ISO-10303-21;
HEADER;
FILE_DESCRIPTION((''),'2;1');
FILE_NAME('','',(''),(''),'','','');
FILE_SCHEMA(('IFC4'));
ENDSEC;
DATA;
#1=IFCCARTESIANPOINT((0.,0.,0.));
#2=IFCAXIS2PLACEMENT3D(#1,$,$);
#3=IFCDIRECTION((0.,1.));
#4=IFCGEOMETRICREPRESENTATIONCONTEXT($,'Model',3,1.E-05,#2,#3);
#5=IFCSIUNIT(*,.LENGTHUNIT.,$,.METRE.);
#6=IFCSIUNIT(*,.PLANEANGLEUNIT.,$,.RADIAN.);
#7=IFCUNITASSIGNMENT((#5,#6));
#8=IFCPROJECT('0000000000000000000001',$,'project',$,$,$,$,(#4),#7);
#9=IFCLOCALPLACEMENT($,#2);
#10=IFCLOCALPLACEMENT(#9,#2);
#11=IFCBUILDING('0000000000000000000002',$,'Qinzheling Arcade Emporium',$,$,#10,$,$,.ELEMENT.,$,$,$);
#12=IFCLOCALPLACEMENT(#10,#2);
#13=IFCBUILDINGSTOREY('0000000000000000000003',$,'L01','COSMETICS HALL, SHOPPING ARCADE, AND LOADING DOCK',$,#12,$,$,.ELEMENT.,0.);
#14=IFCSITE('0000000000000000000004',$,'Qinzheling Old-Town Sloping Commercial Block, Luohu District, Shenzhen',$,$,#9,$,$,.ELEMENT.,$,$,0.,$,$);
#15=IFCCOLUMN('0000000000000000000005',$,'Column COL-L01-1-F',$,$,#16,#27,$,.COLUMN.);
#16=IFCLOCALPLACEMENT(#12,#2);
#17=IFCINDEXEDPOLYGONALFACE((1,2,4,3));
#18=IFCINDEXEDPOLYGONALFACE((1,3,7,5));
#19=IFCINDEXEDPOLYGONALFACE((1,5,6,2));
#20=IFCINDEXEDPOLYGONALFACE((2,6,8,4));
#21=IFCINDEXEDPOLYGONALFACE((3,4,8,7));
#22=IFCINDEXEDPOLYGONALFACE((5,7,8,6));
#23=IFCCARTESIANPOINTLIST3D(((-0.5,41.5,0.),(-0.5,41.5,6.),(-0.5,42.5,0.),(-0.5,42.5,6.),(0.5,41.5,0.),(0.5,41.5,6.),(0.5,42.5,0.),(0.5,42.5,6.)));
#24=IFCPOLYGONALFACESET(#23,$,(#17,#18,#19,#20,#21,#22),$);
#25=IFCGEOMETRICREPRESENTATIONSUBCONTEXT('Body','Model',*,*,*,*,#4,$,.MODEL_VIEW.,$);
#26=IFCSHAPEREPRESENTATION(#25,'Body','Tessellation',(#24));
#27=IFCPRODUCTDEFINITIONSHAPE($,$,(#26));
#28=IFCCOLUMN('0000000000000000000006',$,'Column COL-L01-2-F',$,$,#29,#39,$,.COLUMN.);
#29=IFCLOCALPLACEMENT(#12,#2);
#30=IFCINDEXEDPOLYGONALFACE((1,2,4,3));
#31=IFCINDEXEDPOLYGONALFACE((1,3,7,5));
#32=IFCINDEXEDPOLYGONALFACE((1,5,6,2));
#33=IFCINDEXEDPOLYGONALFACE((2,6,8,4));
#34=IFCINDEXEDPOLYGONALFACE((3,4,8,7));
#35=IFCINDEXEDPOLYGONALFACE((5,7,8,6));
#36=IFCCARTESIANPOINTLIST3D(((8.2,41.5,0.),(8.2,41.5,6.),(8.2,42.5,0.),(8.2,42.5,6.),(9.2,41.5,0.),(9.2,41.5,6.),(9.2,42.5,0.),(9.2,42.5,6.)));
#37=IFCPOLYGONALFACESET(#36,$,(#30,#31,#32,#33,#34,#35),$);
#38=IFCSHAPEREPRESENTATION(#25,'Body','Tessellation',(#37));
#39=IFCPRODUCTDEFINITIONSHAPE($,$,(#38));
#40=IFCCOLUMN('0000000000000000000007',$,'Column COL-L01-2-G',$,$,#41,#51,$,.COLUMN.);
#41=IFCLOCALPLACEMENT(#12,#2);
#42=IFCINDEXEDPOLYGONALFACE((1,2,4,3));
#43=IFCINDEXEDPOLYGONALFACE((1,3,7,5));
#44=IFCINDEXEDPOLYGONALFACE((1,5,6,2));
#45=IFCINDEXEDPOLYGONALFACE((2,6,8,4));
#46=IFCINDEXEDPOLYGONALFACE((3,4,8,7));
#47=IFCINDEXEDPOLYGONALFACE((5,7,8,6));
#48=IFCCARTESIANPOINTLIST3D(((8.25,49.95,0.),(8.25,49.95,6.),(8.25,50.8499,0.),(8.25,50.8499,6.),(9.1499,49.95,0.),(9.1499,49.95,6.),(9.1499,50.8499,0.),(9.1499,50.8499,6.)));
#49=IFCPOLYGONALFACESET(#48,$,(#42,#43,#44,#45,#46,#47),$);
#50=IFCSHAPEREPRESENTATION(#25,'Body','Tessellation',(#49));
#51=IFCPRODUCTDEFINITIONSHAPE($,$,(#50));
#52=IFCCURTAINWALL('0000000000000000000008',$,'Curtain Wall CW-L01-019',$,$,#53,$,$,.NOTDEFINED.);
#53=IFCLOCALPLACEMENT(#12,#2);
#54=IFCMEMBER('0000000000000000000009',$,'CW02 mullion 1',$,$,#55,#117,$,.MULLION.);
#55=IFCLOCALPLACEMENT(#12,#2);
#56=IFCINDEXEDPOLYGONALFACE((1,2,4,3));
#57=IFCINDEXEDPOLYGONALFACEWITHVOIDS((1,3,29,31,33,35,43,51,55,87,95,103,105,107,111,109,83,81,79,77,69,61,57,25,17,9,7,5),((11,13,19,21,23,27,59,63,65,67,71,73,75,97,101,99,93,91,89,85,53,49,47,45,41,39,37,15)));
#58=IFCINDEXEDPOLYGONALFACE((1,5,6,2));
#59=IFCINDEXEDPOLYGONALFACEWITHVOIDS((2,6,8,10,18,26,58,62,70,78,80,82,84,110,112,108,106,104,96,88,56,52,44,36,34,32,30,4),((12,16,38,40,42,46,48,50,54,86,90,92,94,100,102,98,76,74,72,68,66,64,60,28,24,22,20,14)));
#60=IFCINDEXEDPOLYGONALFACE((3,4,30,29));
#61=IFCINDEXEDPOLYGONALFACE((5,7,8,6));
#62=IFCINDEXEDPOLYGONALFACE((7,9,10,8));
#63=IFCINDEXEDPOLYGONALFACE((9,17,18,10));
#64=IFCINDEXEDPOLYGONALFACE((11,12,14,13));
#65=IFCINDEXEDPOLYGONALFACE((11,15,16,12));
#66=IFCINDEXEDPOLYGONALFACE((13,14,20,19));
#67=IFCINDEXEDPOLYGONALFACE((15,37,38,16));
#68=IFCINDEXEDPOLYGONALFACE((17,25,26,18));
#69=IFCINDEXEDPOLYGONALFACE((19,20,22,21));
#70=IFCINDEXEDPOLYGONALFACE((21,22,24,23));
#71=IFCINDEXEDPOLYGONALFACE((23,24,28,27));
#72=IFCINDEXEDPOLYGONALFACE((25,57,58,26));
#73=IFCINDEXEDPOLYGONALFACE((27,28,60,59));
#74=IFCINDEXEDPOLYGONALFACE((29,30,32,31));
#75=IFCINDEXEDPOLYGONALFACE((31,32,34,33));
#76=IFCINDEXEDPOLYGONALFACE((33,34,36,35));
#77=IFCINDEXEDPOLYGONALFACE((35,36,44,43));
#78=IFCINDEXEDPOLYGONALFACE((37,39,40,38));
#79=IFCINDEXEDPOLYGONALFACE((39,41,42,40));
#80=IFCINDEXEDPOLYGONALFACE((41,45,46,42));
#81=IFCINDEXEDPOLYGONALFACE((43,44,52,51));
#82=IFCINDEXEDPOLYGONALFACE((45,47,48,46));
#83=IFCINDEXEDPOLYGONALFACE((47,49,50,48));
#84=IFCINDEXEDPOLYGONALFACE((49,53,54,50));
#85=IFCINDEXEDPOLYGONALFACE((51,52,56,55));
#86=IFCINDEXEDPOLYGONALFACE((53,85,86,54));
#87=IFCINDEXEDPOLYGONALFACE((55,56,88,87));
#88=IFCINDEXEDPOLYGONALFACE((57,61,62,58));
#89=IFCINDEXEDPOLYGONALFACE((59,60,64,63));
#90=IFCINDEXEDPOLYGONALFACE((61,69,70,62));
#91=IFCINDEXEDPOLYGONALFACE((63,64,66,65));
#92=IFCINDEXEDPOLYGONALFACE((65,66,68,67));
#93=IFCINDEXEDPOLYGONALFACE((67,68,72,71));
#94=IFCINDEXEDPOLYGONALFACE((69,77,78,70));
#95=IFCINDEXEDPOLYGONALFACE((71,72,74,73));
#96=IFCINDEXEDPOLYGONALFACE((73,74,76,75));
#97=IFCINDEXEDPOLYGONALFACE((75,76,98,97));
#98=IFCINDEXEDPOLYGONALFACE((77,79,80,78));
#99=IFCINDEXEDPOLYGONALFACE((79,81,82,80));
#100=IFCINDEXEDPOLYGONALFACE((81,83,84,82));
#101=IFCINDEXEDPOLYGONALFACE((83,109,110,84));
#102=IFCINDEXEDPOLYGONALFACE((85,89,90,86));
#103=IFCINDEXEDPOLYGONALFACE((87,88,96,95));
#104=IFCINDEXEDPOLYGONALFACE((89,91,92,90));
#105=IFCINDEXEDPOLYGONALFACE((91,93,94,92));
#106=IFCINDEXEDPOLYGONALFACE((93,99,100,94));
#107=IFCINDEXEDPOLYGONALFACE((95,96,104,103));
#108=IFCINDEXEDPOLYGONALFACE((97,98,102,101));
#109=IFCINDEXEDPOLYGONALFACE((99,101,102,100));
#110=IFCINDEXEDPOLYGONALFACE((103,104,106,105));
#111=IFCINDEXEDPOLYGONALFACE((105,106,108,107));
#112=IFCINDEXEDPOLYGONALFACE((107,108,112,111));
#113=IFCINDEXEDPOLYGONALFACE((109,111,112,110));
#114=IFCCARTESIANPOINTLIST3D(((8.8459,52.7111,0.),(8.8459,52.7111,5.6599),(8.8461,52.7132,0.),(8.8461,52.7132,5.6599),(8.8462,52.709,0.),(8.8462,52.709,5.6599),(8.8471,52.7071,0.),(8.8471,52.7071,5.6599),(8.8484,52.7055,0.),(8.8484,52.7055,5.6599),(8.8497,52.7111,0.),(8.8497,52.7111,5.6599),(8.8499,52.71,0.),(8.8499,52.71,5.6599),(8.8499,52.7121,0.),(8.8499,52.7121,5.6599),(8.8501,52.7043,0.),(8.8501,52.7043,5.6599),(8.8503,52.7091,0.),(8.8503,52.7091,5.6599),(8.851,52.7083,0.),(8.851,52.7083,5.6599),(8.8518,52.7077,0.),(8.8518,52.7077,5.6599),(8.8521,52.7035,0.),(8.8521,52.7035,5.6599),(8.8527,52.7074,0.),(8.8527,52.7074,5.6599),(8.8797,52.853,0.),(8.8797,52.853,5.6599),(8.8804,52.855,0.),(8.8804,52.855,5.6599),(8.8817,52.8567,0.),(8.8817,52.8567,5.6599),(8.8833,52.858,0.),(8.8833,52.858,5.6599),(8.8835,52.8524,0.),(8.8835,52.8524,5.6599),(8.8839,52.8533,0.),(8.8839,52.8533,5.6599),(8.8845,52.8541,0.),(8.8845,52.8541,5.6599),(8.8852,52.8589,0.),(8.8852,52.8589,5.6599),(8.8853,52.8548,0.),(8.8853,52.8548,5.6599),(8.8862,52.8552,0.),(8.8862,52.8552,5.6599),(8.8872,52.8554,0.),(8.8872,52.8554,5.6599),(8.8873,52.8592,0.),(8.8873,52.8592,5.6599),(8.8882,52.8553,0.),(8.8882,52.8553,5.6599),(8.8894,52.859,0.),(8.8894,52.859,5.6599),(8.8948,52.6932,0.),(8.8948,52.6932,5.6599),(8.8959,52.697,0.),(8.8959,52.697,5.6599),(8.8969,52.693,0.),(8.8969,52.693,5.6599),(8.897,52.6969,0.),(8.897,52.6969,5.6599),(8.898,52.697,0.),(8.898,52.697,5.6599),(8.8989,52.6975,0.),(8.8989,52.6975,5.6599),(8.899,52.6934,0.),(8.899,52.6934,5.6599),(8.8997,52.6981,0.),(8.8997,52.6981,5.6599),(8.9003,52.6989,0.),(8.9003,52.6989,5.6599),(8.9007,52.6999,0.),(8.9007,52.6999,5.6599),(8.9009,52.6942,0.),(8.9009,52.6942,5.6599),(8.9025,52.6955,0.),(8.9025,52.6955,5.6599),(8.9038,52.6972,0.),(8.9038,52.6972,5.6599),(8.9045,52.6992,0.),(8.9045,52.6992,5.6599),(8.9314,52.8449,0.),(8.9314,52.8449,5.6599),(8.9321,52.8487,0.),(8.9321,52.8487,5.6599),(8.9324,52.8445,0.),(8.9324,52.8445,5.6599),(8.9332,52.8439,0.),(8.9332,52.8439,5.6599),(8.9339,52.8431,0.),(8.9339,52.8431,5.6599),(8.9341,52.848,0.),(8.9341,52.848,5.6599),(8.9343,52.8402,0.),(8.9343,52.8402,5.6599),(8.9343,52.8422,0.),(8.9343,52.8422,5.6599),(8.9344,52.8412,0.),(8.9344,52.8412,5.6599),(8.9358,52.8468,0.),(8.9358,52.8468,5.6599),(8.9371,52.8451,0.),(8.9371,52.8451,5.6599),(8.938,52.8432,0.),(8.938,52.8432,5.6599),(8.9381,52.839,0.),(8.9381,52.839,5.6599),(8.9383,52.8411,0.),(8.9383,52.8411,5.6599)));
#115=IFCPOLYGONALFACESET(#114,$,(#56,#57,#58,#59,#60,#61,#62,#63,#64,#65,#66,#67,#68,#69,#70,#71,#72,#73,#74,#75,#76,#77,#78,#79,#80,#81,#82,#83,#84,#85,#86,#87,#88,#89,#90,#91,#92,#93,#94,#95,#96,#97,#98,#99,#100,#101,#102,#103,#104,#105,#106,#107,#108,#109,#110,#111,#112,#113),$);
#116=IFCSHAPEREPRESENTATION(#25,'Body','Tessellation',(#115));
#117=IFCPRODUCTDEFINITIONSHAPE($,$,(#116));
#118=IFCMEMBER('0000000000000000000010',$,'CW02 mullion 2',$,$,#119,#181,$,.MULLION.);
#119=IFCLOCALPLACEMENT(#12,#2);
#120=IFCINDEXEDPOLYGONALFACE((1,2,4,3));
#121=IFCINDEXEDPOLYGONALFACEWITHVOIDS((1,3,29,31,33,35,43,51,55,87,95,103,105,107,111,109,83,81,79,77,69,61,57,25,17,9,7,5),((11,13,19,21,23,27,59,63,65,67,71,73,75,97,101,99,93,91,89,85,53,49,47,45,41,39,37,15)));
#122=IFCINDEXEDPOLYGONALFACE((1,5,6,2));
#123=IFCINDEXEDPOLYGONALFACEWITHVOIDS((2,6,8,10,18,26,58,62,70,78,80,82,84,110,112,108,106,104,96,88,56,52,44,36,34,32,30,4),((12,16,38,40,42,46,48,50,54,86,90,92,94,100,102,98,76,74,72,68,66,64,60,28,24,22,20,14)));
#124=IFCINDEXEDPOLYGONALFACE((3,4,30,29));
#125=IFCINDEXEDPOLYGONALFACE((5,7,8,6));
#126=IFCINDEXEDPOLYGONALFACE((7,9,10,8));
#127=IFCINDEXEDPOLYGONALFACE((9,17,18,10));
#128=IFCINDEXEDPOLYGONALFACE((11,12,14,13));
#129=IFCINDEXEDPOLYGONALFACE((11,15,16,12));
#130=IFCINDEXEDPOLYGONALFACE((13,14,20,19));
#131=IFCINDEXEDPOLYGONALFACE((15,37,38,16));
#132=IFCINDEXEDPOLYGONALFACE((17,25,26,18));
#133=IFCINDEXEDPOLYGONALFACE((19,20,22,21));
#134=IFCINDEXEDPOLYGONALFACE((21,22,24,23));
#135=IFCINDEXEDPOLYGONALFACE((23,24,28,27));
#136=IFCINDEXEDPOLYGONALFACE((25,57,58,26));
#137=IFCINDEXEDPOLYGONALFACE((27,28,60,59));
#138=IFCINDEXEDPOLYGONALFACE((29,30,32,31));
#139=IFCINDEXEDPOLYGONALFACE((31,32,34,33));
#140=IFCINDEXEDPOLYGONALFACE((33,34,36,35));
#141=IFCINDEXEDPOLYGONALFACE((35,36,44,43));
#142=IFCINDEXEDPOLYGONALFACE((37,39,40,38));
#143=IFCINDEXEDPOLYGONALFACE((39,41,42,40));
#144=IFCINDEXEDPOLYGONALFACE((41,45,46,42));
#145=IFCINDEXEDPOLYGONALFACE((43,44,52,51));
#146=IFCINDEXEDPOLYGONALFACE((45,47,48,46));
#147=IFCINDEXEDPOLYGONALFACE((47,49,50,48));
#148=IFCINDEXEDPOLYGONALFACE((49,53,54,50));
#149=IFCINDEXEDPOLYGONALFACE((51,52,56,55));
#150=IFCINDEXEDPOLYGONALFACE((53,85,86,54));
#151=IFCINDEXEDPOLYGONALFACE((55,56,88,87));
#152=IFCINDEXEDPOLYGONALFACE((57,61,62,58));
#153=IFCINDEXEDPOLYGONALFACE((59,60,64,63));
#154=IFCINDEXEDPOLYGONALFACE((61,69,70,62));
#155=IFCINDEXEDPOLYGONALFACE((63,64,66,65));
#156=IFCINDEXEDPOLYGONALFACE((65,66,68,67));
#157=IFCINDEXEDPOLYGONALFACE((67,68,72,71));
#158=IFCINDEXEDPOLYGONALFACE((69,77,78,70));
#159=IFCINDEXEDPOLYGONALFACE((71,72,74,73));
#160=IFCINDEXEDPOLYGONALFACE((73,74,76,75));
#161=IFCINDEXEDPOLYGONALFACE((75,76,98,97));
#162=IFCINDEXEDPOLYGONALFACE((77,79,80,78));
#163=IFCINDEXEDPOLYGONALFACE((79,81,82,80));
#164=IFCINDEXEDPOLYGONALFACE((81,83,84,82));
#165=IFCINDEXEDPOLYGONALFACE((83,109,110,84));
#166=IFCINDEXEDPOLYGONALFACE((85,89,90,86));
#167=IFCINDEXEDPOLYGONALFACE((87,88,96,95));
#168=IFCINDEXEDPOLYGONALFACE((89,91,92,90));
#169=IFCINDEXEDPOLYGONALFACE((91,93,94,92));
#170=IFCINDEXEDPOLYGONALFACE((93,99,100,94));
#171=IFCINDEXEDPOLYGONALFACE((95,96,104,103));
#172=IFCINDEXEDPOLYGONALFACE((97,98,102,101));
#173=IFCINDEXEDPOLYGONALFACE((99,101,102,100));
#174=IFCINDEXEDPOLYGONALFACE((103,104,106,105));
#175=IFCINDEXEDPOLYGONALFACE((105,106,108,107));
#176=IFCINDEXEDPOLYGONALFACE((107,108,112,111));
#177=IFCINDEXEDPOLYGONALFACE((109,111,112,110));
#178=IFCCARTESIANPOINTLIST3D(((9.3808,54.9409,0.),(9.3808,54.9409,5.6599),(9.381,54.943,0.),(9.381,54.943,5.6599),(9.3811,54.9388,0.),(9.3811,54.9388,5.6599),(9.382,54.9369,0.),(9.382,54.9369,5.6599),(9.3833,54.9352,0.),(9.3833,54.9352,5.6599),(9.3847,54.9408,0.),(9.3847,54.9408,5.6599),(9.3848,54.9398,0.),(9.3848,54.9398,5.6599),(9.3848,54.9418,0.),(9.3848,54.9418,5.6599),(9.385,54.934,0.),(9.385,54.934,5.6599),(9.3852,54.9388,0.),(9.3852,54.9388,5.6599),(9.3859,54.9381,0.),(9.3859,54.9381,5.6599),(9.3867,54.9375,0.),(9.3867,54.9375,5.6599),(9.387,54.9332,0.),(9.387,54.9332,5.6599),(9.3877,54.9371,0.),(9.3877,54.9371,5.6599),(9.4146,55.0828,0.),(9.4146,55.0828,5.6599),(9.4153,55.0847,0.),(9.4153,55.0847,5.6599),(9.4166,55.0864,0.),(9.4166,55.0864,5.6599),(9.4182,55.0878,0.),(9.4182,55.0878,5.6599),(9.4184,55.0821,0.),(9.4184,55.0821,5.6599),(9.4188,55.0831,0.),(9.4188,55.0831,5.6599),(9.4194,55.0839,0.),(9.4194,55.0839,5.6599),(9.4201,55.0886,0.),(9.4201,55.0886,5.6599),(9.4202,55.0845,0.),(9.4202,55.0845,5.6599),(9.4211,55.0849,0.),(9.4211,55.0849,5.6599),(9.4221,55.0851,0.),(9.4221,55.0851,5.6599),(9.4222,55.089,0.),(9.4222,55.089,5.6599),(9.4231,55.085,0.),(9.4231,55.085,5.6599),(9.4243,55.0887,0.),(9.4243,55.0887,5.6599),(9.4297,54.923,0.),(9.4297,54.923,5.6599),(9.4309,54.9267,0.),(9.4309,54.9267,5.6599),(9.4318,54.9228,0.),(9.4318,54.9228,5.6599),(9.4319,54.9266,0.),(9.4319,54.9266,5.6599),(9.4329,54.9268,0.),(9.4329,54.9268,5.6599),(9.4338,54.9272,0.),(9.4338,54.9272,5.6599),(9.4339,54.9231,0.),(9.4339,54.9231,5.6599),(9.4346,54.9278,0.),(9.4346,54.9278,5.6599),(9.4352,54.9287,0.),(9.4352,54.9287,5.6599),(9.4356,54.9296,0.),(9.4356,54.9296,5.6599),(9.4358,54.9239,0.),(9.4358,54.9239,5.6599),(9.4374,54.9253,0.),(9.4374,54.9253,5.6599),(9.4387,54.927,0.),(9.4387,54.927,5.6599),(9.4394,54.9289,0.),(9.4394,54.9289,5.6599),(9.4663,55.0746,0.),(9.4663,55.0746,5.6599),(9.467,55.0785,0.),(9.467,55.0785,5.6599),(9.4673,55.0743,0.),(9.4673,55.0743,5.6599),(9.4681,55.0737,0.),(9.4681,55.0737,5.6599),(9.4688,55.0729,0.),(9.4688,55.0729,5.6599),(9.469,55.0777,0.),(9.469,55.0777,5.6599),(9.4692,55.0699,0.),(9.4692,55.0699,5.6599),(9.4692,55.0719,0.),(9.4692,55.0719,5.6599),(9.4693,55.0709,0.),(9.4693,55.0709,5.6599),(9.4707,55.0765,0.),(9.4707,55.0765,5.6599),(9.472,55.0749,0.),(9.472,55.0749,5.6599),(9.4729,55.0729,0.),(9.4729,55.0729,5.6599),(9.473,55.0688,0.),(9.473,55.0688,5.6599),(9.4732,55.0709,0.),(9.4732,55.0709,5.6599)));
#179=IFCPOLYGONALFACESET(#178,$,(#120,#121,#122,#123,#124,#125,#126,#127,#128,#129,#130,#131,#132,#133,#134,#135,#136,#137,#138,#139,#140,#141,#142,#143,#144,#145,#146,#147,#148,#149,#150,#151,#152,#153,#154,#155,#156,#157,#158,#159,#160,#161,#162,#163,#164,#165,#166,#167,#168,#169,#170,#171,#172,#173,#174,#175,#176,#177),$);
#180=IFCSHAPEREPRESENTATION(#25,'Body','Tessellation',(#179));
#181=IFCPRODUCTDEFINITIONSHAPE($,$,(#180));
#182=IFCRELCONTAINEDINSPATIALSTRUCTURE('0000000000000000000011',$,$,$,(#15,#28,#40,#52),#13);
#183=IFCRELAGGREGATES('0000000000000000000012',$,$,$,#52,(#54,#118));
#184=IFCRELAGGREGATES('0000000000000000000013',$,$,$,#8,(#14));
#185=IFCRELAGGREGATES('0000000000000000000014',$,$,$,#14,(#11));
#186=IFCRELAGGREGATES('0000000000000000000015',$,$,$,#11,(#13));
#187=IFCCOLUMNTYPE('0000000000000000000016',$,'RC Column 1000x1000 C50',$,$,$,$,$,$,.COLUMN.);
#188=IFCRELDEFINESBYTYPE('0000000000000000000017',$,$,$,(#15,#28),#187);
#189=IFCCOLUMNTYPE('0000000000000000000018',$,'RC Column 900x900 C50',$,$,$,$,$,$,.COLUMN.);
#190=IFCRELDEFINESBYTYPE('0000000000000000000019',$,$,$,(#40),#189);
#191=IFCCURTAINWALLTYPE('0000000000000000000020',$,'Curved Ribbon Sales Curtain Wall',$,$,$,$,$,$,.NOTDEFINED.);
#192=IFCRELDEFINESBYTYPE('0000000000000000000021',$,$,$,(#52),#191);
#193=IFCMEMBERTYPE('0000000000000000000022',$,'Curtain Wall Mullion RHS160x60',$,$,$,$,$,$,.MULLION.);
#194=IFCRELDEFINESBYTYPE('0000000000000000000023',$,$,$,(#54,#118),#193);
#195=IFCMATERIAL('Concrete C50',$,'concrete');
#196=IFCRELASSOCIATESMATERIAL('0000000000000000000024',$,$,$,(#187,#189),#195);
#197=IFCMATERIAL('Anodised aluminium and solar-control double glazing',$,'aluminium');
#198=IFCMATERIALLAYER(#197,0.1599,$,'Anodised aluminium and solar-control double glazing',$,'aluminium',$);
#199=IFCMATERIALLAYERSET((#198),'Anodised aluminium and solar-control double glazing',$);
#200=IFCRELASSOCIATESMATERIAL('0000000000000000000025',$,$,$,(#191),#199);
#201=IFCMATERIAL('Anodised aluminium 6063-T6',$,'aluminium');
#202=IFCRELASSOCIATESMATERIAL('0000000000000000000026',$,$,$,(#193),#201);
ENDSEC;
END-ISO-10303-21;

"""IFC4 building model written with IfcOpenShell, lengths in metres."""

from ifc_helpers import new_model, si_unit, direction, frame, origin, origin_2d, place, context, subcontext, project, spatial, rectangle, hollow_rectangle, extrude, material, layer, layer_set, material_profile, profile_set, type_object, element, aggregate, save


model = new_model("IFC4")

# Units and contexts
model_context = context("Model", 3, precision=1e-05, world=origin(), true_north=direction((0.0, 1.0)))
body_context = subcontext(model_context, "Body", "Model", "MODEL_VIEW")
ifc_project = project(units=[si_unit("LENGTHUNIT", "METRE"), si_unit("PLANEANGLEUNIT", "RADIAN")], contexts=[model_context])

# Site, building, storey
site_placement = place(None, origin())
site = spatial("IfcSite", under=ifc_project, at=site_placement, Name="Qinzheling Old-Town Sloping Commercial Block, Luohu District, Shenzhen", CompositionType="ELEMENT", RefElevation=0.0)
building_placement = place(site_placement, origin())
building = spatial("IfcBuilding", under=site, at=building_placement, Name="Qinzheling Arcade Emporium", CompositionType="ELEMENT")
storey_placement = place(building_placement, origin())
storey = spatial("IfcBuildingStorey", under=building, at=storey_placement, Name="L01", Description="COSMETICS HALL, SHOPPING ARCADE, AND LOADING DOCK", CompositionType="ELEMENT", Elevation=0.0)

# Columns
ifc_material_1 = material(Name="Concrete C50", Category="concrete")
ifc_material_profile_1 = material_profile(ifc_material_1, rectangle(XDim=1.0, YDim=1.0, at=origin_2d()), Name="RC 1000x1000", Category="concrete")
ifc_profile_set_1 = profile_set([ifc_material_profile_1], Name="Concrete C50")
column_type_1 = type_object("IfcColumnType", Name="RC Column 1000x1000 C50", PredefinedType="COLUMN", material=ifc_profile_set_1)
for number, where, z_axis, x_axis, name in (
    (1, (0.0, 42.0, 0.0), (0.0, 0.0, 1.0), (1.0, 0.0, 0.0), "Column COL-L01-1-F"),
    (2, (8.7, 42.0, 0.0), (0.0, 0.0, 1.0), (1.0, 0.0, 0.0), "Column COL-L01-2-F"),
):
    element("IfcColumn", number, at=place(storey_placement, frame(where, z_axis=z_axis, x_axis=x_axis)), inside=storey, type_object=column_type_1, Name=name, PredefinedType="COLUMN", context=body_context, shape_type="SweptSolid", body=[
        extrude(rectangle(XDim=1.0, YDim=1.0, at=origin_2d()), origin(), (0.0, 0.0, 1.0), 6.0),
    ])
ifc_material_profile_2 = material_profile(ifc_material_1, rectangle(XDim=0.8999, YDim=0.8999, at=origin_2d()), Name="RC 900x900", Category="concrete")
ifc_profile_set_2 = profile_set([ifc_material_profile_2], Name="Concrete C50")
column_type_2 = type_object("IfcColumnType", Name="RC Column 900x900 C50", PredefinedType="COLUMN", material=ifc_profile_set_2)
column_placement = place(storey_placement, frame((8.7, 50.3999, 0.0), z_axis=(0.0, 0.0, 1.0), x_axis=(1.0, 0.0, 0.0)))
element("IfcColumn", 3, at=column_placement, inside=storey, type_object=column_type_2, Name="Column COL-L01-2-G", PredefinedType="COLUMN", context=body_context, shape_type="SweptSolid", body=[
    extrude(rectangle(XDim=0.8999, YDim=0.8999, at=origin_2d()), origin(), (0.0, 0.0, 1.0), 6.0),
])

# Curtain wall, members
ifc_material_2 = material(Name="Anodised aluminium and solar-control double glazing", Category="aluminium")
ifc_layer_1 = layer(ifc_material_2, 0.1599, Name="Anodised aluminium and solar-control double glazing", Category="aluminium")
ifc_layer_set_1 = layer_set([ifc_layer_1], Name="Anodised aluminium and solar-control double glazing")
curtain_wall_type = type_object("IfcCurtainWallType", Name="Curved Ribbon Sales Curtain Wall", PredefinedType="NOTDEFINED", material=ifc_layer_set_1)
curtain_wall_1_placement = place(storey_placement, origin())
curtain_wall_1 = element("IfcCurtainWall", 4, at=curtain_wall_1_placement, inside=storey, type_object=curtain_wall_type, Name="Curtain Wall CW-L01-019", PredefinedType="NOTDEFINED")
ifc_material_3 = material(Name="Anodised aluminium 6063-T6", Category="aluminium")
ifc_material_profile_3 = material_profile(ifc_material_3, hollow_rectangle(XDim=0.0601, YDim=0.1599, WallThickness=0.0039, InnerFilletRadius=0.0039, OuterFilletRadius=0.0081, at=origin_2d()), Name="RHS 160x60x4", Category="aluminium")
ifc_profile_set_3 = profile_set([ifc_material_profile_3], Name="Anodised aluminium 6063-T6")
member_type_1 = type_object("IfcMemberType", Name="Curtain Wall Mullion RHS160x60", PredefinedType="MULLION", material=ifc_profile_set_3)
member_1_placement = place(storey_placement, frame((8.8921, 52.7761, 0.0), z_axis=(0.0, 0.0, 1.0), x_axis=(-0.972399, 0.233325, 0.0)))
member_1 = element("IfcMember", 5, at=member_1_placement, type_object=member_type_1, Name="CW02 mullion 1", PredefinedType="MULLION", context=body_context, shape_type="SweptSolid", body=[
    extrude(hollow_rectangle(XDim=0.0601, YDim=0.1599, WallThickness=0.0039, InnerFilletRadius=0.0039, OuterFilletRadius=0.0081, at=origin_2d()), origin(), (0.0, 0.0, 1.0), 5.6599),
])
member_2_placement = place(storey_placement, frame((9.427, 55.0059, 0.0), z_axis=(0.0, 0.0, 1.0), x_axis=(-0.972399, 0.233325, 0.0)))
member_2 = element("IfcMember", 6, at=member_2_placement, type_object=member_type_1, Name="CW02 mullion 2", PredefinedType="MULLION", context=body_context, shape_type="SweptSolid", body=[
    extrude(hollow_rectangle(XDim=0.0601, YDim=0.1599, WallThickness=0.0039, InnerFilletRadius=0.0039, OuterFilletRadius=0.0081, at=origin_2d()), origin(), (0.0, 0.0, 1.0), 5.6599),
])

aggregate(curtain_wall_1, [member_1, member_2])

save(model, "model.ifc")
